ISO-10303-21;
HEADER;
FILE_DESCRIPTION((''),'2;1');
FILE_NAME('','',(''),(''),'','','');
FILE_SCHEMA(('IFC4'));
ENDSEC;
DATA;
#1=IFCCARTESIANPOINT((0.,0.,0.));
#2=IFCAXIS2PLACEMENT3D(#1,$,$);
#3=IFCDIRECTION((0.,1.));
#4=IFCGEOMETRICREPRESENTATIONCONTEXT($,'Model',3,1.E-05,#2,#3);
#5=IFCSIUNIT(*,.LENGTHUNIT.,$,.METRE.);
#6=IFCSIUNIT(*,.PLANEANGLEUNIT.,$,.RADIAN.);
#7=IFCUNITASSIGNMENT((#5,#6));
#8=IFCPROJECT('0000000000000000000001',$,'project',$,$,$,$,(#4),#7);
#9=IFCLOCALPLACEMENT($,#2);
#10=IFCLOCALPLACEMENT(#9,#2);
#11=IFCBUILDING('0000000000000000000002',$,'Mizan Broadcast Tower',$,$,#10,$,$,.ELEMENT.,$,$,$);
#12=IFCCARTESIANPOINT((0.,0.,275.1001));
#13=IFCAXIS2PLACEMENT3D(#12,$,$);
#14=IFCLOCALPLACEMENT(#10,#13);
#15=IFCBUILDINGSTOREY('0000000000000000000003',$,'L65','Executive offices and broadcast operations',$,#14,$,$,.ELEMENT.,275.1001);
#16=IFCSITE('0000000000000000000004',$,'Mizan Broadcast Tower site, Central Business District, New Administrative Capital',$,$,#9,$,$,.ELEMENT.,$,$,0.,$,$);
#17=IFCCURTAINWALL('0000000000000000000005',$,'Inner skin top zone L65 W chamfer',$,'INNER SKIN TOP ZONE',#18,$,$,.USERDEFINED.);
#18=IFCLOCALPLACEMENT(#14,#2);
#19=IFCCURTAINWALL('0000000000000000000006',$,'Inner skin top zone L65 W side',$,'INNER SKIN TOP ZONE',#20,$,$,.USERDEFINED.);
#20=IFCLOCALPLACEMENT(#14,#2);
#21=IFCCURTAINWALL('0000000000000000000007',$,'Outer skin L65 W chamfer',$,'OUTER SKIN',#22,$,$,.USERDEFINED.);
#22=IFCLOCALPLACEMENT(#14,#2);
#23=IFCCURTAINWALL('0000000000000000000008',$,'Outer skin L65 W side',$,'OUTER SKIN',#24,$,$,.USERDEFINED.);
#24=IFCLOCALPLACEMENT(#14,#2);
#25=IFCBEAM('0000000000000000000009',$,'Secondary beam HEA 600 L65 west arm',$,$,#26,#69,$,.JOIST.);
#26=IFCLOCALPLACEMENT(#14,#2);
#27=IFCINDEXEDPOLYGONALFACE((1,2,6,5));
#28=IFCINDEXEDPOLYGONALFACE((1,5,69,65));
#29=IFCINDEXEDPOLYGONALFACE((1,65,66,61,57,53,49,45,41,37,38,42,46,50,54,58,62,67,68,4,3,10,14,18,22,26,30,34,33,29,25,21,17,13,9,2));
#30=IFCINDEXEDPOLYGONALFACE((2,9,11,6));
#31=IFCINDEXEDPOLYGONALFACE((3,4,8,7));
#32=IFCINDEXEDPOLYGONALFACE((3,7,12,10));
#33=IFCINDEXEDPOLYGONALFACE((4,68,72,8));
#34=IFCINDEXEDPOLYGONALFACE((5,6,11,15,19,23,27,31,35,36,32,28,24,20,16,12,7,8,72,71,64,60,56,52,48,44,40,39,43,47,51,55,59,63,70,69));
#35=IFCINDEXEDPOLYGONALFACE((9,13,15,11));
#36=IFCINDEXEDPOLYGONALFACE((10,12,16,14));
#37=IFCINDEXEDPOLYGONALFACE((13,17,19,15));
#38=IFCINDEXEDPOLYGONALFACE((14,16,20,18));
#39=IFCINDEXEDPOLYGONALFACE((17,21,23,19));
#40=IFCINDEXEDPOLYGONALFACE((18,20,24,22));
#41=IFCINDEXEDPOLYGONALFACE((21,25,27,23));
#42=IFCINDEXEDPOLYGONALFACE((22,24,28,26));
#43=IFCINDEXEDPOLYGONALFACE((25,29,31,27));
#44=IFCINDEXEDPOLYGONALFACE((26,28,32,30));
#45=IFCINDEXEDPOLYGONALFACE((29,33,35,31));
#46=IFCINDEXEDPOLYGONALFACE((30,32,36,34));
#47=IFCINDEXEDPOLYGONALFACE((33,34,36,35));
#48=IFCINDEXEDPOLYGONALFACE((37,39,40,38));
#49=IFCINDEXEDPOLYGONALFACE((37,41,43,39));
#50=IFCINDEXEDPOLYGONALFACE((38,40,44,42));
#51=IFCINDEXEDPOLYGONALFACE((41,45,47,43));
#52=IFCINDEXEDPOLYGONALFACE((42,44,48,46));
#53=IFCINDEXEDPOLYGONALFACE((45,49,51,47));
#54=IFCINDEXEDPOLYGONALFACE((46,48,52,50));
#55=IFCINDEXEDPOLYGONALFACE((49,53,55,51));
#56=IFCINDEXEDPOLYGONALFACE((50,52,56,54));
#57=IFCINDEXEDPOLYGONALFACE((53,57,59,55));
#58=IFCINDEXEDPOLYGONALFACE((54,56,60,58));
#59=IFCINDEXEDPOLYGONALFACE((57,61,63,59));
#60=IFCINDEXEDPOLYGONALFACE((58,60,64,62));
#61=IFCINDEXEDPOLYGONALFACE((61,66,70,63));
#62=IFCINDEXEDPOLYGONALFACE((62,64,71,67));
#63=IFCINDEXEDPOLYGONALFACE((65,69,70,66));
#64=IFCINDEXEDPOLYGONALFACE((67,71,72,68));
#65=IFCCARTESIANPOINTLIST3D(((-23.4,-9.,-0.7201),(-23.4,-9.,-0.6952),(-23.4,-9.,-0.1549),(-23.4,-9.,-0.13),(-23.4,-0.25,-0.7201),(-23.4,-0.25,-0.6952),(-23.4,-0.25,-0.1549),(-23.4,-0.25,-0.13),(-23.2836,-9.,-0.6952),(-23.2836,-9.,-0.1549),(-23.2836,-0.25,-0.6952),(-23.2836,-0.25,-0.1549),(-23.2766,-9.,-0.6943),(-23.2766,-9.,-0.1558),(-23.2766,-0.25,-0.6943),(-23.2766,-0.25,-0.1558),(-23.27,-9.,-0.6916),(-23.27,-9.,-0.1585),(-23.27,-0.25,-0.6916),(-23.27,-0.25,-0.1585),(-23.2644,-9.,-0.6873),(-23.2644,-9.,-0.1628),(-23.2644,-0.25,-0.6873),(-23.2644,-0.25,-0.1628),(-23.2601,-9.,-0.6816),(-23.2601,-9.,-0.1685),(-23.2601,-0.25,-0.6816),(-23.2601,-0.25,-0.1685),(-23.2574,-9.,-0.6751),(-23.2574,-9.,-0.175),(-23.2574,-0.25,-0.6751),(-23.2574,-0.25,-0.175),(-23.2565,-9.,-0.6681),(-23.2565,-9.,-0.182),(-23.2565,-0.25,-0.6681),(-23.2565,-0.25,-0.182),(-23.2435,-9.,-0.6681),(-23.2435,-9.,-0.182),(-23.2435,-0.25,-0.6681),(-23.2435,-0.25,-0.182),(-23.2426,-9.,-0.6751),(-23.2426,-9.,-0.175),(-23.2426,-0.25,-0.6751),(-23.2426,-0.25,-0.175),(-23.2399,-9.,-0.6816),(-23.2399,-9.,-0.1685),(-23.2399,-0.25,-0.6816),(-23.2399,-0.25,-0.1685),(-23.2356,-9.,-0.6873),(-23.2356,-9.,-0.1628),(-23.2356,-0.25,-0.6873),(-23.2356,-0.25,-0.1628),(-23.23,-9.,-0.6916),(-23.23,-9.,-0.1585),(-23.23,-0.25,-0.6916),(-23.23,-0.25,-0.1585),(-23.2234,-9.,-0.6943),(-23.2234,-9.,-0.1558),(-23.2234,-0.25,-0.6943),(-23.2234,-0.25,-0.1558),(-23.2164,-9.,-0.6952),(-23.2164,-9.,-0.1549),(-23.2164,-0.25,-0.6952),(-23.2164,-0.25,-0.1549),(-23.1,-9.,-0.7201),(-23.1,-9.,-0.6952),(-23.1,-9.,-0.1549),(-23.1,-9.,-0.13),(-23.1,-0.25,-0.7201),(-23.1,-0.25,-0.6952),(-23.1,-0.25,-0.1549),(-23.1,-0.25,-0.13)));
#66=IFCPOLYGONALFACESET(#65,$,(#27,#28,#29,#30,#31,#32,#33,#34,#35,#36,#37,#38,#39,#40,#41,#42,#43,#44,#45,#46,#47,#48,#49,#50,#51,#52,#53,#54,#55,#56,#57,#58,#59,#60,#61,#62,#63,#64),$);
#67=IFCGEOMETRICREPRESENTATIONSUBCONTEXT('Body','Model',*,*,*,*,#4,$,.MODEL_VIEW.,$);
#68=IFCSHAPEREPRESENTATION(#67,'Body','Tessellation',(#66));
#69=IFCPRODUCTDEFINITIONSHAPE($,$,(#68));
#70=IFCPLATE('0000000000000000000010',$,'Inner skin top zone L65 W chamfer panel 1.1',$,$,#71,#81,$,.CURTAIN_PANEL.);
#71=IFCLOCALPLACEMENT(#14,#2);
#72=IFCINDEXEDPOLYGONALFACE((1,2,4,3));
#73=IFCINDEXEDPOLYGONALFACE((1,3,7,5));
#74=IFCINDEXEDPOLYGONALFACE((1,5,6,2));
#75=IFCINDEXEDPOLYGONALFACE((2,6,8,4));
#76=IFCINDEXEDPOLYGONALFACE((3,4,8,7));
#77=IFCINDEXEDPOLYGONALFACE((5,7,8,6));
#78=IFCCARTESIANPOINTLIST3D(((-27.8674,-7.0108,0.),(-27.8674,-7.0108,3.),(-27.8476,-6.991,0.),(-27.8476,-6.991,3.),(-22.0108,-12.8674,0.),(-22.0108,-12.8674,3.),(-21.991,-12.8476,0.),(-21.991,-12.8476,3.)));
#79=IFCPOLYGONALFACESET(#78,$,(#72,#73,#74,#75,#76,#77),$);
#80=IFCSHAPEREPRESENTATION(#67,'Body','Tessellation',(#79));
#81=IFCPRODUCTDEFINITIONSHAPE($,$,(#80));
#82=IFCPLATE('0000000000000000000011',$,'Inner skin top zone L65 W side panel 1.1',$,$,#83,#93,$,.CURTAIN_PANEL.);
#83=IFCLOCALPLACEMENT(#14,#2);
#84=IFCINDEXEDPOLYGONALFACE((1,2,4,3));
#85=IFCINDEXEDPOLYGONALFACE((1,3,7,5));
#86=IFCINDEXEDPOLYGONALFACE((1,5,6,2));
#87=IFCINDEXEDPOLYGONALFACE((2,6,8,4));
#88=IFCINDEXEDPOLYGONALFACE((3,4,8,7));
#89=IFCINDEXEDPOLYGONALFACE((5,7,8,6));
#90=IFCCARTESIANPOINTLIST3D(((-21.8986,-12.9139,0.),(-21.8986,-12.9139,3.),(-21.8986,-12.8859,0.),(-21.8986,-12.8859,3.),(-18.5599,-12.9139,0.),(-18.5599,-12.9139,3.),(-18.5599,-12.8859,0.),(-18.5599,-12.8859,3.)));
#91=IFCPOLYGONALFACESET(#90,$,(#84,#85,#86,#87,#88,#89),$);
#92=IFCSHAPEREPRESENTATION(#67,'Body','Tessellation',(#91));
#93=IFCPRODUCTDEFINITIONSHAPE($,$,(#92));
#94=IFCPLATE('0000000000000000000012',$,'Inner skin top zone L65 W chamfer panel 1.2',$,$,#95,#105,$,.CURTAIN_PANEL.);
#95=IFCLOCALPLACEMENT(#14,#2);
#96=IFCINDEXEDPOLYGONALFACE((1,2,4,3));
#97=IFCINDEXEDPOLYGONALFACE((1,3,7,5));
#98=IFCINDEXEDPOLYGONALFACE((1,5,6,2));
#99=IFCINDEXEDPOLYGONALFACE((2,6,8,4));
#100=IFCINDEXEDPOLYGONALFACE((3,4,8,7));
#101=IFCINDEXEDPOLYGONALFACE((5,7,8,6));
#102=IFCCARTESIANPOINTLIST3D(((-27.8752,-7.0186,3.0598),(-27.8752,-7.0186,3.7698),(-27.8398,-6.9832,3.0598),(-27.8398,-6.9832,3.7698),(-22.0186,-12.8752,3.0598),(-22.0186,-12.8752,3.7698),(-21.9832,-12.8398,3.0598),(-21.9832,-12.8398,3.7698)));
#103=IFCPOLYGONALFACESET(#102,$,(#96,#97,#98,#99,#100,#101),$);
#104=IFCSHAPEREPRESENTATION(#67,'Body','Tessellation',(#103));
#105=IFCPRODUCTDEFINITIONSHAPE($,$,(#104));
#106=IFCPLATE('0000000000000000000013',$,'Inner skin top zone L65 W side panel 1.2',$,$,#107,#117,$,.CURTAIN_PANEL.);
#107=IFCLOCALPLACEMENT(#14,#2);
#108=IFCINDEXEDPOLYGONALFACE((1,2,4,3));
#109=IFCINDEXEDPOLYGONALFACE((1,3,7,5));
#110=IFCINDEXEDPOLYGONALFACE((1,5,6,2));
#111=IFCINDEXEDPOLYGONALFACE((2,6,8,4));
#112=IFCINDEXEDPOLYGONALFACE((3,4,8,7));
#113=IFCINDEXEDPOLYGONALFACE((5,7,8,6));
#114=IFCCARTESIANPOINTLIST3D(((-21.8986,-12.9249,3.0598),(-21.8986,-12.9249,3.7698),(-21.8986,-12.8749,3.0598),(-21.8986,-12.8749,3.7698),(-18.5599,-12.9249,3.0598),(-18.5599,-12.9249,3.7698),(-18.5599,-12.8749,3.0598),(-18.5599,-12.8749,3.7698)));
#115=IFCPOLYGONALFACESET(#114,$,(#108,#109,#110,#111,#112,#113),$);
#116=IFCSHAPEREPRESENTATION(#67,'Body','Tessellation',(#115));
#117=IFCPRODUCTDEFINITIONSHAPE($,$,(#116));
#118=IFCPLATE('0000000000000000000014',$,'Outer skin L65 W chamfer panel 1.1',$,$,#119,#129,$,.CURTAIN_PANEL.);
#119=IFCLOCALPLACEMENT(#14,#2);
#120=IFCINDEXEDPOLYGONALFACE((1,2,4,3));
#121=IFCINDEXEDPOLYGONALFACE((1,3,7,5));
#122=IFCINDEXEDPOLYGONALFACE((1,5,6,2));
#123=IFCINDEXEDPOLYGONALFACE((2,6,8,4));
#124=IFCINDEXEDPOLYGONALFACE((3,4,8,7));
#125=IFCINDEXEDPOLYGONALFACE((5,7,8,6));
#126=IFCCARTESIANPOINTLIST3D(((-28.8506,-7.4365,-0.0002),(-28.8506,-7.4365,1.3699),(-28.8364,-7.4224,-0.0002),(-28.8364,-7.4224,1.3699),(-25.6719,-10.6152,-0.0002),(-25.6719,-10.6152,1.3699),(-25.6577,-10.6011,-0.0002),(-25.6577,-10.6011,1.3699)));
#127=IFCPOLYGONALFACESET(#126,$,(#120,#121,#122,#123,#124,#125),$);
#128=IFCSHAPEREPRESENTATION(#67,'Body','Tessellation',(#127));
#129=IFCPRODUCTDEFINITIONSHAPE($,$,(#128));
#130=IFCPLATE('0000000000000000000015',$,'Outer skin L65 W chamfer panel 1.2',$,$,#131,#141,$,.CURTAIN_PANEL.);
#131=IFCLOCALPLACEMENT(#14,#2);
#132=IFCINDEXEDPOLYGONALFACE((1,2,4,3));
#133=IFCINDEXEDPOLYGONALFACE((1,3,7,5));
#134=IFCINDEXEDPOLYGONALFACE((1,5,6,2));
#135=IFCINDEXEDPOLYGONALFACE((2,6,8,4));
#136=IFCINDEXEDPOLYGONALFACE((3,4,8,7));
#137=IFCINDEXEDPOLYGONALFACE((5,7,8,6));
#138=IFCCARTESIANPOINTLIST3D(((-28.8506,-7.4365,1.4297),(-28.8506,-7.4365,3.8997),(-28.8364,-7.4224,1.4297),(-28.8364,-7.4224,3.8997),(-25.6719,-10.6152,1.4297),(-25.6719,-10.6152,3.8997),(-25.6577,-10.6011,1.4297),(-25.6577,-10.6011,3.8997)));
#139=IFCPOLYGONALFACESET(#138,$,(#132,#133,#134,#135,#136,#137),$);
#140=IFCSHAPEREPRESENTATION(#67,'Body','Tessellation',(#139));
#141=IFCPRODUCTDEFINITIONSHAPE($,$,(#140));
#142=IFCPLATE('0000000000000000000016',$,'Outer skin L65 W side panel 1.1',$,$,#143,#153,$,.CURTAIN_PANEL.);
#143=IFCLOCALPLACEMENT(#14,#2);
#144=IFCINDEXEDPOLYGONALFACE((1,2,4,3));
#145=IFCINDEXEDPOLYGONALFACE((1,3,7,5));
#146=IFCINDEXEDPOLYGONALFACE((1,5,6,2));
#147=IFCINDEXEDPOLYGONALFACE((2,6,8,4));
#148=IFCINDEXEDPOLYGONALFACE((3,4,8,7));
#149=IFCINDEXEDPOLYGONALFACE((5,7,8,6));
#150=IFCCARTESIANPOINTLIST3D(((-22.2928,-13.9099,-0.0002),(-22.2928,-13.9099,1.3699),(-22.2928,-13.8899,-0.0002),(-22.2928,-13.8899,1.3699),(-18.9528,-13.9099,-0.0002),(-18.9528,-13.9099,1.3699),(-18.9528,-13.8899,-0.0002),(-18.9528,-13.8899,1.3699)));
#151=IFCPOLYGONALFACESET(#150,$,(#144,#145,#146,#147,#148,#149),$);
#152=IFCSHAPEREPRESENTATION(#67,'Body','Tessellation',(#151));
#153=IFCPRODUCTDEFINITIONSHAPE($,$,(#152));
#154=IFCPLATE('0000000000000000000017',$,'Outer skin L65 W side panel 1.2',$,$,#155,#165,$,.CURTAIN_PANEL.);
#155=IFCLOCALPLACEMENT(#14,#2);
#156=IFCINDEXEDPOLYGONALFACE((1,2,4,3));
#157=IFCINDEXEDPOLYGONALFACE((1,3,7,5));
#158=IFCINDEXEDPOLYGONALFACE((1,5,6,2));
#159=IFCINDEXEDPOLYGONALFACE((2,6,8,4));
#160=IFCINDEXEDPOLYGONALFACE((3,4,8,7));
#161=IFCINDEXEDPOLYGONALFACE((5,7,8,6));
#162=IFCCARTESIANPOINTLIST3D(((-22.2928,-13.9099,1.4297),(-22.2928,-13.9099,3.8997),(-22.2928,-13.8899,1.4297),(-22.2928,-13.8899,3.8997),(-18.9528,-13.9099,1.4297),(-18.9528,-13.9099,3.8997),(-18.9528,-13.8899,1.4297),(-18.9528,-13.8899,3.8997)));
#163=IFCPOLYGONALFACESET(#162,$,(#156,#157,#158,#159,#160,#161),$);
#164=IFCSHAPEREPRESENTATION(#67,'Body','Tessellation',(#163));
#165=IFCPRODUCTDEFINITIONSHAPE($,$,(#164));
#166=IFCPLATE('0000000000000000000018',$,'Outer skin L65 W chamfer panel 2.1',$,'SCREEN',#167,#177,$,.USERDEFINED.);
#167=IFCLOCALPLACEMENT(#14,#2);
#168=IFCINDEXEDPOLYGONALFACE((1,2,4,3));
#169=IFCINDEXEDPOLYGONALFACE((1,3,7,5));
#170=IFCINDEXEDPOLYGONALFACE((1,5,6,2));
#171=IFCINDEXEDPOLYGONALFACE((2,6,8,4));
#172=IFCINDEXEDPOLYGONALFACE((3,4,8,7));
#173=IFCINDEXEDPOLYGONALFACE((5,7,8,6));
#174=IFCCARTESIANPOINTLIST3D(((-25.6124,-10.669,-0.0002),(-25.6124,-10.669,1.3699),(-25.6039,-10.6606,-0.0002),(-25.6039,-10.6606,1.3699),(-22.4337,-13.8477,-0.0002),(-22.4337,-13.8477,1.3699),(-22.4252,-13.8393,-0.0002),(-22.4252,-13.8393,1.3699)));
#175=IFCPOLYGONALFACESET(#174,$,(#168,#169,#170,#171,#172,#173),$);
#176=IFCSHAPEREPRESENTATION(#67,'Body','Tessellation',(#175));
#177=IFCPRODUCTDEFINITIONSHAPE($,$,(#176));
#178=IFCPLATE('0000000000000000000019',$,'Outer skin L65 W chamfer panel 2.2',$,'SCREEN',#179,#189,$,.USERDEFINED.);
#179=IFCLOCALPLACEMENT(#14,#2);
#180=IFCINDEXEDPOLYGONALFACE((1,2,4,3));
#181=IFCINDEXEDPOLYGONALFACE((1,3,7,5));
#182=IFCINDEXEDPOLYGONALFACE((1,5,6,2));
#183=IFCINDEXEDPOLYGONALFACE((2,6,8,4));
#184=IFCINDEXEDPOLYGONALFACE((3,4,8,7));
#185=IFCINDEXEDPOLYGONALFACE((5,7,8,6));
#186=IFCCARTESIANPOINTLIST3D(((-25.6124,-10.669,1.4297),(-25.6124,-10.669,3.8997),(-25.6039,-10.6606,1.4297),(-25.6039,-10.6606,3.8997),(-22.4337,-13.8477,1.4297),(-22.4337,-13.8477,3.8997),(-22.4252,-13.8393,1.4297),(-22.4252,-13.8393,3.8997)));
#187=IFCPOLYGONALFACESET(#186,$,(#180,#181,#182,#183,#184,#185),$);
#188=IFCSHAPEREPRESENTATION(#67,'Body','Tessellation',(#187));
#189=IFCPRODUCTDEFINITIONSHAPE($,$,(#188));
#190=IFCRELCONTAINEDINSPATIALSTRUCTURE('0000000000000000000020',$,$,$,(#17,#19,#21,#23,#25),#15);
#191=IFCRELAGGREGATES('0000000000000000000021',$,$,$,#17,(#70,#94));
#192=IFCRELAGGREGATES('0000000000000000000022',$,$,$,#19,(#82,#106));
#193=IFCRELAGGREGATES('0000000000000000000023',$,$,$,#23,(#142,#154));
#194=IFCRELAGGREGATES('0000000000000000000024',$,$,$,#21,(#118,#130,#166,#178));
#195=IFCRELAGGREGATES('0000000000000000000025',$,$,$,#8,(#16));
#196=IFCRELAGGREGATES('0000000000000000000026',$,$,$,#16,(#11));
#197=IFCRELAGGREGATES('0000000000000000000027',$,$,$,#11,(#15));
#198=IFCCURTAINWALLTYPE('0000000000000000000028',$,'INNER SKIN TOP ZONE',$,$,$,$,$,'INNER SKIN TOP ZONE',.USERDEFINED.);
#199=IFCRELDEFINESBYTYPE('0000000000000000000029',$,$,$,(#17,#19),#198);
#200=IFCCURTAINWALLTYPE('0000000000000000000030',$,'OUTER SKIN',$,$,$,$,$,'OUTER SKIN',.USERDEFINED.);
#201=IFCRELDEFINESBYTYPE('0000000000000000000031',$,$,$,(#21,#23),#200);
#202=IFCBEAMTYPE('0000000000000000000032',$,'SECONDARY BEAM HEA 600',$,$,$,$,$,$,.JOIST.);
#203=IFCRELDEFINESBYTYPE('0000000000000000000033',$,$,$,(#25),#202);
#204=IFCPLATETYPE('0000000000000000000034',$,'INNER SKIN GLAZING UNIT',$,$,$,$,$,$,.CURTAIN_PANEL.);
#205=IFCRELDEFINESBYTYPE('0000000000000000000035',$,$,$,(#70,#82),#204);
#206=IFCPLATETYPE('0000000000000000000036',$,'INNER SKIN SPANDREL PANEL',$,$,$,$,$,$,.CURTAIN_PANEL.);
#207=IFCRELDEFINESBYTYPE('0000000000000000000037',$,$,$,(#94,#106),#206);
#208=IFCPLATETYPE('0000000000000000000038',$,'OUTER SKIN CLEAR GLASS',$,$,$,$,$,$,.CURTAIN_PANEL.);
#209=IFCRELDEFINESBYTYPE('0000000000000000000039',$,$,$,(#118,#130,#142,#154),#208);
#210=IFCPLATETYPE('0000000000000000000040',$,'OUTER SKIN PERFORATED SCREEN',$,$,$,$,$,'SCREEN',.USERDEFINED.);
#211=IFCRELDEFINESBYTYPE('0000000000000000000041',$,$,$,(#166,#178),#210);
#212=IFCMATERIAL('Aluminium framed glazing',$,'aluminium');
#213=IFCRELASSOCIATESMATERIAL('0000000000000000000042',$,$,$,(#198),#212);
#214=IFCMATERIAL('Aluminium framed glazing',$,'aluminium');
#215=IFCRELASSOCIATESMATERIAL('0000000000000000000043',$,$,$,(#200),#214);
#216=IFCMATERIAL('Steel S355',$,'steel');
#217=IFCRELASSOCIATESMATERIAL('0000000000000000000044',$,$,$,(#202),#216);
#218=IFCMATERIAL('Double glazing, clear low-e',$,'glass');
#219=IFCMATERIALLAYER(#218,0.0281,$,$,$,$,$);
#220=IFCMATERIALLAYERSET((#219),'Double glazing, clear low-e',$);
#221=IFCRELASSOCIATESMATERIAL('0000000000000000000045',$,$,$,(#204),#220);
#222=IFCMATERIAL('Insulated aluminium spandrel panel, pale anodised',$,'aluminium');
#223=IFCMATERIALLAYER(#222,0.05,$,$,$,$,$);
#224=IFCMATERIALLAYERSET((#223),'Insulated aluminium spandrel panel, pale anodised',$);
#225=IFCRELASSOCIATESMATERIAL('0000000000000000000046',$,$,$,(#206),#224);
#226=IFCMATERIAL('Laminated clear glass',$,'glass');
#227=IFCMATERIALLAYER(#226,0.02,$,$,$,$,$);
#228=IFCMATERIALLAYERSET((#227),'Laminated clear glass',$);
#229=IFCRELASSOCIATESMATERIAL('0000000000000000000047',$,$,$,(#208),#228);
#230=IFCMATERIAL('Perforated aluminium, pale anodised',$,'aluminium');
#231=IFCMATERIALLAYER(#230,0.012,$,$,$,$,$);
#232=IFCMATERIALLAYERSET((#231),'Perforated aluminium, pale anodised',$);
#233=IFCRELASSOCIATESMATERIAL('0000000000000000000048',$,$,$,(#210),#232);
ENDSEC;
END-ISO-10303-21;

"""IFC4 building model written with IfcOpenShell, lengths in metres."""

from ifc_helpers import new_model, si_unit, direction, frame, origin, origin_2d, place, context, subcontext, project, spatial, rectangle, i_section, extrude, material, layer, layer_set, material_profile, profile_set, type_object, element, aggregate, save


model = new_model("IFC4")

# Units and contexts
model_context = context("Model", 3, precision=1e-05, world=origin(), true_north=direction((0.0, 1.0)))
body_context = subcontext(model_context, "Body", "Model", "MODEL_VIEW")
ifc_project = project(units=[si_unit("LENGTHUNIT", "METRE"), si_unit("PLANEANGLEUNIT", "RADIAN")], contexts=[model_context])

# Site, building, storey
site_placement = place(None, origin())
site = spatial("IfcSite", under=ifc_project, at=site_placement, Name="Mizan Broadcast Tower site, Central Business District, New Administrative Capital", CompositionType="ELEMENT", RefElevation=0.0)
building_placement = place(site_placement, origin())
building = spatial("IfcBuilding", under=site, at=building_placement, Name="Mizan Broadcast Tower", CompositionType="ELEMENT")
storey_placement = place(building_placement, frame((0.0, 0.0, 275.1001)))
storey = spatial("IfcBuildingStorey", under=building, at=storey_placement, Name="L65", Description="Executive offices and broadcast operations", CompositionType="ELEMENT", Elevation=275.1001)

# Curtain walls
ifc_material_1 = material(Name="Aluminium framed glazing", Category="aluminium")
curtain_wall_type_1 = type_object("IfcCurtainWallType", Name="INNER SKIN TOP ZONE", ElementType="INNER SKIN TOP ZONE", PredefinedType="USERDEFINED", material=ifc_material_1)
curtain_wall_1_placement = place(storey_placement, origin())
curtain_wall_1 = element("IfcCurtainWall", 1, at=curtain_wall_1_placement, inside=storey, type_object=curtain_wall_type_1, Name="Inner skin top zone L65 W chamfer", ObjectType="INNER SKIN TOP ZONE", PredefinedType="USERDEFINED")
curtain_wall_2_placement = place(storey_placement, origin())
curtain_wall_2 = element("IfcCurtainWall", 2, at=curtain_wall_2_placement, inside=storey, type_object=curtain_wall_type_1, Name="Inner skin top zone L65 W side", ObjectType="INNER SKIN TOP ZONE", PredefinedType="USERDEFINED")

# Curtain wall
ifc_material_2 = material(Name="Aluminium framed glazing", Category="aluminium")
curtain_wall_type_2 = type_object("IfcCurtainWallType", Name="OUTER SKIN", ElementType="OUTER SKIN", PredefinedType="USERDEFINED", material=ifc_material_2)
curtain_wall_3_placement = place(storey_placement, origin())
curtain_wall_3 = element("IfcCurtainWall", 3, at=curtain_wall_3_placement, inside=storey, type_object=curtain_wall_type_2, Name="Outer skin L65 W chamfer", ObjectType="OUTER SKIN", PredefinedType="USERDEFINED")

# Curtain wall
curtain_wall_4_placement = place(storey_placement, origin())
curtain_wall_4 = element("IfcCurtainWall", 4, at=curtain_wall_4_placement, inside=storey, type_object=curtain_wall_type_2, Name="Outer skin L65 W side", ObjectType="OUTER SKIN", PredefinedType="USERDEFINED")

# Beam
ifc_material_3 = material(Name="Steel S355", Category="steel")
ifc_material_profile_1 = material_profile(ifc_material_3, i_section(OverallWidth=0.3, OverallDepth=0.5901, WebThickness=0.0129, FlangeThickness=0.0249, FilletRadius=0.0271, at=origin_2d()), Name="HEA 600")
ifc_profile_set_1 = profile_set([ifc_material_profile_1], Name="Steel S355")
beam_type_1 = type_object("IfcBeamType", Name="SECONDARY BEAM HEA 600", PredefinedType="JOIST", material=ifc_profile_set_1)
beam_1_placement = place(storey_placement, frame((-23.25, -9.0, -0.425), z_axis=(0.0, 1.0, 0.0), x_axis=(-1.0, 0.0, 0.0)))
element("IfcBeam", 5, at=beam_1_placement, inside=storey, type_object=beam_type_1, Name="Secondary beam HEA 600 L65 west arm", PredefinedType="JOIST", context=body_context, shape_type="SweptSolid", body=[
    extrude(i_section(OverallWidth=0.3, OverallDepth=0.5901, WebThickness=0.0129, FlangeThickness=0.0249, FilletRadius=0.0271, at=origin_2d()), origin(), (0.0, 0.0, 1.0), 8.75),
])

# Plates
ifc_material_4 = material(Name="Double glazing, clear low-e", Category="glass")
ifc_layer_1 = layer(ifc_material_4, 0.0281)
ifc_layer_set_1 = layer_set([ifc_layer_1], Name="Double glazing, clear low-e")
plate_type_1 = type_object("IfcPlateType", Name="INNER SKIN GLAZING UNIT", PredefinedType="CURTAIN_PANEL", material=ifc_layer_set_1)
plate_1_placement = place(storey_placement, frame((-24.9292, -9.9292, 0.0), z_axis=(0.0, 0.0, 1.0), x_axis=(0.707107, -0.707107, 0.0)))
plate_1 = element("IfcPlate", 6, at=plate_1_placement, type_object=plate_type_1, Name="Inner skin top zone L65 W chamfer panel 1.1", PredefinedType="CURTAIN_PANEL", context=body_context, shape_type="SweptSolid", body=[
    extrude(rectangle(XDim=8.2825, YDim=0.0281, at=origin_2d()), origin(), (0.0, 0.0, 1.0), 3.0),
])
plate_2_placement = place(storey_placement, frame((-20.2292, -12.8999, 0.0), z_axis=(0.0, 0.0, 1.0), x_axis=(1.0, 0.0, 0.0)))
plate_2 = element("IfcPlate", 7, at=plate_2_placement, type_object=plate_type_1, Name="Inner skin top zone L65 W side panel 1.1", PredefinedType="CURTAIN_PANEL", context=body_context, shape_type="SweptSolid", body=[
    extrude(rectangle(XDim=3.3386, YDim=0.0281, at=origin_2d()), origin(), (0.0, 0.0, 1.0), 3.0),
])
ifc_material_5 = material(Name="Insulated aluminium spandrel panel, pale anodised", Category="aluminium")
ifc_layer_2 = layer(ifc_material_5, 0.05)
ifc_layer_set_2 = layer_set([ifc_layer_2], Name="Insulated aluminium spandrel panel, pale anodised")
plate_type_2 = type_object("IfcPlateType", Name="INNER SKIN SPANDREL PANEL", PredefinedType="CURTAIN_PANEL", material=ifc_layer_set_2)
plate_3_placement = place(storey_placement, frame((-24.9292, -9.9292, 3.0598), z_axis=(0.0, 0.0, 1.0), x_axis=(0.707107, -0.707107, 0.0)))
plate_3 = element("IfcPlate", 8, at=plate_3_placement, type_object=plate_type_2, Name="Inner skin top zone L65 W chamfer panel 1.2", PredefinedType="CURTAIN_PANEL", context=body_context, shape_type="SweptSolid", body=[
    extrude(rectangle(XDim=8.2825, YDim=0.05, at=origin_2d()), origin(), (0.0, 0.0, 1.0), 0.71),
])
aggregate(curtain_wall_1, [plate_1, plate_3])
plate_4_placement = place(storey_placement, frame((-20.2292, -12.8999, 3.0598), z_axis=(0.0, 0.0, 1.0), x_axis=(1.0, 0.0, 0.0)))
plate_4 = element("IfcPlate", 9, at=plate_4_placement, type_object=plate_type_2, Name="Inner skin top zone L65 W side panel 1.2", PredefinedType="CURTAIN_PANEL", context=body_context, shape_type="SweptSolid", body=[
    extrude(rectangle(XDim=3.3386, YDim=0.05, at=origin_2d()), origin(), (0.0, 0.0, 1.0), 0.71),
])
aggregate(curtain_wall_2, [plate_2, plate_4])
ifc_material_6 = material(Name="Laminated clear glass", Category="glass")
ifc_layer_3 = layer(ifc_material_6, 0.02)
ifc_layer_set_3 = layer_set([ifc_layer_3], Name="Laminated clear glass")
plate_type_3 = type_object("IfcPlateType", Name="OUTER SKIN CLEAR GLASS", PredefinedType="CURTAIN_PANEL", material=ifc_layer_set_3)
plate_5_placement = place(storey_placement, frame((-27.2542, -9.0188, -0.0002), z_axis=(0.0, 0.0, 1.0), x_axis=(0.707107, -0.707107, 0.0)))
plate_5 = element("IfcPlate", 10, at=plate_5_placement, type_object=plate_type_3, Name="Outer skin L65 W chamfer panel 1.1", PredefinedType="CURTAIN_PANEL", context=body_context, shape_type="SweptSolid", body=[
    extrude(rectangle(XDim=4.4954, YDim=0.02, at=origin_2d()), origin(), (0.0, 0.0, 1.0), 1.3701),
])
plate_6_placement = place(storey_placement, frame((-27.2542, -9.0188, 1.4297), z_axis=(0.0, 0.0, 1.0), x_axis=(0.707107, -0.707107, 0.0)))
plate_6 = element("IfcPlate", 11, at=plate_6_placement, type_object=plate_type_3, Name="Outer skin L65 W chamfer panel 1.2", PredefinedType="CURTAIN_PANEL", context=body_context, shape_type="SweptSolid", body=[
    extrude(rectangle(XDim=4.4954, YDim=0.02, at=origin_2d()), origin(), (0.0, 0.0, 1.0), 2.47),
])
plate_7_placement = place(storey_placement, frame((-20.6228, -13.8999, -0.0002), z_axis=(0.0, 0.0, 1.0), x_axis=(1.0, 0.0, 0.0)))
plate_7 = element("IfcPlate", 12, at=plate_7_placement, type_object=plate_type_3, Name="Outer skin L65 W side panel 1.1", PredefinedType="CURTAIN_PANEL", context=body_context, shape_type="SweptSolid", body=[
    extrude(rectangle(XDim=3.3401, YDim=0.02, at=origin_2d()), origin(), (0.0, 0.0, 1.0), 1.3701),
])
plate_8_placement = place(storey_placement, frame((-20.6228, -13.8999, 1.4297), z_axis=(0.0, 0.0, 1.0), x_axis=(1.0, 0.0, 0.0)))
plate_8 = element("IfcPlate", 13, at=plate_8_placement, type_object=plate_type_3, Name="Outer skin L65 W side panel 1.2", PredefinedType="CURTAIN_PANEL", context=body_context, shape_type="SweptSolid", body=[
    extrude(rectangle(XDim=3.3401, YDim=0.02, at=origin_2d()), origin(), (0.0, 0.0, 1.0), 2.47),
])
aggregate(curtain_wall_4, [plate_7, plate_8])
ifc_material_7 = material(Name="Perforated aluminium, pale anodised", Category="aluminium")
ifc_layer_4 = layer(ifc_material_7, 0.012)
ifc_layer_set_4 = layer_set([ifc_layer_4], Name="Perforated aluminium, pale anodised")
plate_type_4 = type_object("IfcPlateType", Name="OUTER SKIN PERFORATED SCREEN", ElementType="SCREEN", PredefinedType="USERDEFINED", material=ifc_layer_set_4)
plate_9_placement = place(storey_placement, frame((-24.0188, -12.2542, -0.0002), z_axis=(0.0, 0.0, 1.0), x_axis=(0.707107, -0.707107, 0.0)))
plate_9 = element("IfcPlate", 14, at=plate_9_placement, type_object=plate_type_4, Name="Outer skin L65 W chamfer panel 2.1", ObjectType="SCREEN", PredefinedType="USERDEFINED", context=body_context, shape_type="SweptSolid", body=[
    extrude(rectangle(XDim=4.4954, YDim=0.012, at=origin_2d()), origin(), (0.0, 0.0, 1.0), 1.3701),
])
plate_10_placement = place(storey_placement, frame((-24.0188, -12.2542, 1.4297), z_axis=(0.0, 0.0, 1.0), x_axis=(0.707107, -0.707107, 0.0)))
plate_10 = element("IfcPlate", 15, at=plate_10_placement, type_object=plate_type_4, Name="Outer skin L65 W chamfer panel 2.2", ObjectType="SCREEN", PredefinedType="USERDEFINED", context=body_context, shape_type="SweptSolid", body=[
    extrude(rectangle(XDim=4.4954, YDim=0.012, at=origin_2d()), origin(), (0.0, 0.0, 1.0), 2.47),
])
aggregate(curtain_wall_3, [plate_5, plate_6, plate_9, plate_10])

save(model, "model.ifc")
